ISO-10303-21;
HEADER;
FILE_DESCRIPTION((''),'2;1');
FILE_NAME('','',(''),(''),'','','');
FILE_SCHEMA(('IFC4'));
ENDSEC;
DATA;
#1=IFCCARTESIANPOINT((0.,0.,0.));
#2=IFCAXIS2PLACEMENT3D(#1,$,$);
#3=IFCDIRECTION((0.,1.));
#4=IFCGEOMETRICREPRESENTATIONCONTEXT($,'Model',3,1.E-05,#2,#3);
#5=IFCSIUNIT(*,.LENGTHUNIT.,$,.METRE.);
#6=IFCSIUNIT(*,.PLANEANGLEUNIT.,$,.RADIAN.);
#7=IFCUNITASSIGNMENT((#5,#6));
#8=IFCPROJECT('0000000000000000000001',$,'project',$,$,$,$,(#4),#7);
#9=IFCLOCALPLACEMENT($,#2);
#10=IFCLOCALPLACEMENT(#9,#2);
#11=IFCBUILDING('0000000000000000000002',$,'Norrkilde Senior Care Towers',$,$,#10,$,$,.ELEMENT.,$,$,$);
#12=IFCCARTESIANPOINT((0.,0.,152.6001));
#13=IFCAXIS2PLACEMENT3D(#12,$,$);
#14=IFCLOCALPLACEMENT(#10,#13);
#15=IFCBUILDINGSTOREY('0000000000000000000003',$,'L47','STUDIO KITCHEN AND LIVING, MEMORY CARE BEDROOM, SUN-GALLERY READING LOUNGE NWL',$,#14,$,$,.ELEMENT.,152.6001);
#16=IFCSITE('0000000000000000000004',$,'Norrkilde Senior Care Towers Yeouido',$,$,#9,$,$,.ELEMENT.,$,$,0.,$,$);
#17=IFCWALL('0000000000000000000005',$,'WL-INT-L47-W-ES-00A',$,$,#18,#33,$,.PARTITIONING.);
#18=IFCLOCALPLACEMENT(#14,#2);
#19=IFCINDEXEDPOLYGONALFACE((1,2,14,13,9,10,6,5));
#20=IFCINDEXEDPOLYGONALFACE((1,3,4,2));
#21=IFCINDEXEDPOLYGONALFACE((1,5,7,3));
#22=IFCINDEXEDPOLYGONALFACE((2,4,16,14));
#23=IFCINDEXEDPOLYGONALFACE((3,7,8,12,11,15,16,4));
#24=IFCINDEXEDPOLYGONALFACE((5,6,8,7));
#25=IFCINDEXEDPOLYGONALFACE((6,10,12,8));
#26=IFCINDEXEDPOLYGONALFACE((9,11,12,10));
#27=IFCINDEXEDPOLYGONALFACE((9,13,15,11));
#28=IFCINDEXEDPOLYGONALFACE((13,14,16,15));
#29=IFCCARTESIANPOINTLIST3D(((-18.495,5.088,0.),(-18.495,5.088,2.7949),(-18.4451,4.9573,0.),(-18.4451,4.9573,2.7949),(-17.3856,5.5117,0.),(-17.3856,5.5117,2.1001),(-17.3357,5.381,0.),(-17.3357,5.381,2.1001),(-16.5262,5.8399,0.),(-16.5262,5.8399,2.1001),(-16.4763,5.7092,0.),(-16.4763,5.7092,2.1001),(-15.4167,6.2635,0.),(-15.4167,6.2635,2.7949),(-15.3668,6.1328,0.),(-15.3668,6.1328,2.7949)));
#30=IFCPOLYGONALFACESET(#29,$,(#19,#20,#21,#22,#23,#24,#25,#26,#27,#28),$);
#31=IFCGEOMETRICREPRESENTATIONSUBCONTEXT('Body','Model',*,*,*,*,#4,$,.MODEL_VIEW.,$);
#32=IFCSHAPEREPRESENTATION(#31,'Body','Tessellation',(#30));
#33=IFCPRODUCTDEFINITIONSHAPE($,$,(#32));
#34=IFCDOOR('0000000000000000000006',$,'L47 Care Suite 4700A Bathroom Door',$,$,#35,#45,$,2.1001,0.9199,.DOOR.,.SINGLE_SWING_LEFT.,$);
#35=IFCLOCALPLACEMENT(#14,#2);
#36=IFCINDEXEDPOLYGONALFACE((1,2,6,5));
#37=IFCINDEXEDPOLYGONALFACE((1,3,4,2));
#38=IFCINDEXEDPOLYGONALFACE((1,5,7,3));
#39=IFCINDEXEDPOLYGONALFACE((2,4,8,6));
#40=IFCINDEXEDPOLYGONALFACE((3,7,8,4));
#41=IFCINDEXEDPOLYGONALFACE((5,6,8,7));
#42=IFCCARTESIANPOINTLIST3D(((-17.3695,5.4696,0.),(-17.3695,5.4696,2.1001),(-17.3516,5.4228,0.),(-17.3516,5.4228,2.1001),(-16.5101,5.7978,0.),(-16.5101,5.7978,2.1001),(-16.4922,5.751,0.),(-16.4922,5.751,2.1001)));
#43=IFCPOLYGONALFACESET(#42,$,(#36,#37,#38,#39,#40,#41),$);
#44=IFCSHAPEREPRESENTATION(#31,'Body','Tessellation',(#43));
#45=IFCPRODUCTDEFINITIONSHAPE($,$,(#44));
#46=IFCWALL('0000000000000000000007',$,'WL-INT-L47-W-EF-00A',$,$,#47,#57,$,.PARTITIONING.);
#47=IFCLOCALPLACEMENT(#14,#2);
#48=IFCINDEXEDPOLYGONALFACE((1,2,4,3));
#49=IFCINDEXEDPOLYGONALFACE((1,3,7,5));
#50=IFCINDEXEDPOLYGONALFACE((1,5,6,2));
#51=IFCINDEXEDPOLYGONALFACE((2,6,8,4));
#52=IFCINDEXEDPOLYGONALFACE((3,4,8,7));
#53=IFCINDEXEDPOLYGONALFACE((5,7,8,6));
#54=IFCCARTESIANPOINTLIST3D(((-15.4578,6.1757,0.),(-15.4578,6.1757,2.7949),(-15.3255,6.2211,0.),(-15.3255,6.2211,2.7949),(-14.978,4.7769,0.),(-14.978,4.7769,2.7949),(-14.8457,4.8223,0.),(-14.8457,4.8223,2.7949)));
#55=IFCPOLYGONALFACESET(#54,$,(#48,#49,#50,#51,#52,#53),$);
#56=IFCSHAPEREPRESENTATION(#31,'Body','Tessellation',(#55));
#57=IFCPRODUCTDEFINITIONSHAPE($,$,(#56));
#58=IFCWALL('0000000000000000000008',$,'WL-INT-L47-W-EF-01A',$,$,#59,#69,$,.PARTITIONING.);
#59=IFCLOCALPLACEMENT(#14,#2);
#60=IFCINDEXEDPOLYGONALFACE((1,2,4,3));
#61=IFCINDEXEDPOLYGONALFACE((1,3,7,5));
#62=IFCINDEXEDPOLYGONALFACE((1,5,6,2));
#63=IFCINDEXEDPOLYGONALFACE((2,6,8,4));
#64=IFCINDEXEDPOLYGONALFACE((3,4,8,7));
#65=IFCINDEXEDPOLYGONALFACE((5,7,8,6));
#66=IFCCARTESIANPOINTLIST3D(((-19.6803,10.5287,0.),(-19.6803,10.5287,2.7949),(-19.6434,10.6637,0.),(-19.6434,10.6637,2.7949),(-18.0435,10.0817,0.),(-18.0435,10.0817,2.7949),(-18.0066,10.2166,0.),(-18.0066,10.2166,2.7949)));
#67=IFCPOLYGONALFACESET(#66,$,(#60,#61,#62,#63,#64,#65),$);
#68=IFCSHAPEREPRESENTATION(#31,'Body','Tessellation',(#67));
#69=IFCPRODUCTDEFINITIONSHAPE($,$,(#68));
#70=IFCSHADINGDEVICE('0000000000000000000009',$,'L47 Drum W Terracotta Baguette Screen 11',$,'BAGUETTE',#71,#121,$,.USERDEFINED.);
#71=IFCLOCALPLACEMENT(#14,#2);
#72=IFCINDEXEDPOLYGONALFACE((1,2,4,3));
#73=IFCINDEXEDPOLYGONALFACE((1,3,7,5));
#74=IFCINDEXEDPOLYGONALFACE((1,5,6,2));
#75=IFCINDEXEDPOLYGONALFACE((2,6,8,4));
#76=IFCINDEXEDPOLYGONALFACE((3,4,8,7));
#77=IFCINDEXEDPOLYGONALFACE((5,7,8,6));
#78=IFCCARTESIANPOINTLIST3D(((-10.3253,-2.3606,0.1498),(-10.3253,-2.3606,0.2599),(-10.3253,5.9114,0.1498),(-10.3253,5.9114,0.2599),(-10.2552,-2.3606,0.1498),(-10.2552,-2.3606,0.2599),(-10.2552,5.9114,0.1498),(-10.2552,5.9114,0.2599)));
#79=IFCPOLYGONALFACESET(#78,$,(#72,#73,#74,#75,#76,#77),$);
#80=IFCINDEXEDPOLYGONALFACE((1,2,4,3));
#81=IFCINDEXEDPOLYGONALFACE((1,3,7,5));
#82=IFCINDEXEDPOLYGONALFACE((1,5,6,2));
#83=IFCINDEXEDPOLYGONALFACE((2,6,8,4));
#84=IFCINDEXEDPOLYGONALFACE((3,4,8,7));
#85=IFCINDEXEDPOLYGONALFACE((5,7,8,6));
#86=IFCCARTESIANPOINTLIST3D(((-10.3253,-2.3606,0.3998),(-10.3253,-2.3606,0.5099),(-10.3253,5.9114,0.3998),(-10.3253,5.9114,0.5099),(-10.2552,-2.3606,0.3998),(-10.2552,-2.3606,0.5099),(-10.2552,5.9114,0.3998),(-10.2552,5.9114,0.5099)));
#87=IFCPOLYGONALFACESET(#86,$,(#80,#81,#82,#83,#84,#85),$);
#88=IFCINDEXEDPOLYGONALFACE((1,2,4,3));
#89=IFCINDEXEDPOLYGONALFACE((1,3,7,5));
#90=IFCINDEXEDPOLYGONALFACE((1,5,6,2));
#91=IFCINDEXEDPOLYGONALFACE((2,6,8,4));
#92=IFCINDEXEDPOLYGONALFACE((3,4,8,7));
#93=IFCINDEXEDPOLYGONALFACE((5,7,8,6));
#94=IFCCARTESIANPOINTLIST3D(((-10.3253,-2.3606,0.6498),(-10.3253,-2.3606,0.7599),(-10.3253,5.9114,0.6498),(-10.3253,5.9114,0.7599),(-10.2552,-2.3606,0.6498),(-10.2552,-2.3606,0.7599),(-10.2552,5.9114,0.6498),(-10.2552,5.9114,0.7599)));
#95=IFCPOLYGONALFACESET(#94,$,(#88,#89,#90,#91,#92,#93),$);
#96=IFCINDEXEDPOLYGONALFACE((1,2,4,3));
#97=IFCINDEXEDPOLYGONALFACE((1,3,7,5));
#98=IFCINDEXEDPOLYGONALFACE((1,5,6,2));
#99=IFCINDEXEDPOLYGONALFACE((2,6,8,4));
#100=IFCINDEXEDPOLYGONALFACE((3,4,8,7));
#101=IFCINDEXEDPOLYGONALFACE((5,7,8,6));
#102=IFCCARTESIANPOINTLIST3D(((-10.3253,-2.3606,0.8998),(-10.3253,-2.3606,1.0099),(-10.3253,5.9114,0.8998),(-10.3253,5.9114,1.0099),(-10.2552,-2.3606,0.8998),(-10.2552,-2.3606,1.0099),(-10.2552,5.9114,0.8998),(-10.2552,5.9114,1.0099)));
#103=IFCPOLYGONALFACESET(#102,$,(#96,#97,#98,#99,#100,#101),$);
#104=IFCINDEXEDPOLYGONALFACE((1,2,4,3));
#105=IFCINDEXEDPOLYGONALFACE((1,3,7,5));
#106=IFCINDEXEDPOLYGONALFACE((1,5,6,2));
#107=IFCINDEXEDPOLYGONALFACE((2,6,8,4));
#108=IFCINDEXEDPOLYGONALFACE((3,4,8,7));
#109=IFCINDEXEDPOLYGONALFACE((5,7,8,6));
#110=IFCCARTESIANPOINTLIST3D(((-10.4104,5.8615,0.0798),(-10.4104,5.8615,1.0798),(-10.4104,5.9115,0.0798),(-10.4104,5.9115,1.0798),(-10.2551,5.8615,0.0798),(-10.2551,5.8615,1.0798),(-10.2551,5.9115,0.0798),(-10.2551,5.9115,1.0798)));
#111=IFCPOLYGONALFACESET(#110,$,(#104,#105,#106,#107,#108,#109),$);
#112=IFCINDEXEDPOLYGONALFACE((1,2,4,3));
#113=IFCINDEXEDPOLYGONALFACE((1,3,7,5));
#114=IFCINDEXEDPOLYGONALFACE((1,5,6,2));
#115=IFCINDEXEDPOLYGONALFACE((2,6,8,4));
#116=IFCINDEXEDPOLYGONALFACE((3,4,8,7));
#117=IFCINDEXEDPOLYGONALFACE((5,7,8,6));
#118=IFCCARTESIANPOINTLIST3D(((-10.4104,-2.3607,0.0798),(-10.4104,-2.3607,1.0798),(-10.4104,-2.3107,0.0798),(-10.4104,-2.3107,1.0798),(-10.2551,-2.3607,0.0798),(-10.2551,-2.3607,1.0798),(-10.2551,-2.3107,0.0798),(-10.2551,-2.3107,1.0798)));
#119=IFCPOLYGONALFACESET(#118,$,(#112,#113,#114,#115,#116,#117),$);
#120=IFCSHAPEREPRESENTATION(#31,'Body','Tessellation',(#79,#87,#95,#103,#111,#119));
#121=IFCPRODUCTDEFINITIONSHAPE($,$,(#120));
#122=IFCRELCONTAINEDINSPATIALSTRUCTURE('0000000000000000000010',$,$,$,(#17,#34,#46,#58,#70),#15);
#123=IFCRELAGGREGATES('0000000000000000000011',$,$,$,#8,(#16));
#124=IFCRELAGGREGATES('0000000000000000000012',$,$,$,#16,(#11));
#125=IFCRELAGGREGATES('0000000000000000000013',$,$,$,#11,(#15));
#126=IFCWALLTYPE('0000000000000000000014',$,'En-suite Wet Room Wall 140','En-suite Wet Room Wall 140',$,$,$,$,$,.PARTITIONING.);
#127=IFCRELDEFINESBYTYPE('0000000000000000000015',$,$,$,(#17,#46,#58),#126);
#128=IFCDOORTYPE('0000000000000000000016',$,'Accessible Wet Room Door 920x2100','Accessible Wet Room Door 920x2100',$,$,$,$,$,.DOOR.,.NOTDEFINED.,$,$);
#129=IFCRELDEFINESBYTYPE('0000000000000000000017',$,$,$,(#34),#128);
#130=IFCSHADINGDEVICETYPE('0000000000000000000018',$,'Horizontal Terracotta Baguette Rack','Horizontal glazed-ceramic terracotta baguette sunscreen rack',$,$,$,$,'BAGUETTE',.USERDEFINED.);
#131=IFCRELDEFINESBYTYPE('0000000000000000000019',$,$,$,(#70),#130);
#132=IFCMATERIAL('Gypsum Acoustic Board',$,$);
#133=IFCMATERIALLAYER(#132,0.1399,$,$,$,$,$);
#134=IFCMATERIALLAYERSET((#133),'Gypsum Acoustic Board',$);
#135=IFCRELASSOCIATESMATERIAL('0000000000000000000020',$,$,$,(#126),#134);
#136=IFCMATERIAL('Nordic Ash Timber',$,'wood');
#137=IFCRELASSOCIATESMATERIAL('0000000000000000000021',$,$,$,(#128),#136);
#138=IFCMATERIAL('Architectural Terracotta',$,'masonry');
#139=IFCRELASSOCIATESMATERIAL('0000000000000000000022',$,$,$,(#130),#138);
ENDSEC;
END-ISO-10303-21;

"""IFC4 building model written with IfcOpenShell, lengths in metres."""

from ifc_helpers import new_model, si_unit, direction, frame, frame_2d, origin, origin_2d, place, context, subcontext, project, spatial, rectangle, extrude, source, transform, mapped, material, layer, layer_set, type_object, type_shapes, element, fill, save


model = new_model("IFC4")

# Units and contexts
model_context = context("Model", 3, precision=1e-05, world=origin(), true_north=direction((0.0, 1.0)))
body_context = subcontext(model_context, "Body", "Model", "MODEL_VIEW")
ifc_project = project(units=[si_unit("LENGTHUNIT", "METRE"), si_unit("PLANEANGLEUNIT", "RADIAN")], contexts=[model_context])

# Site, building, storey
site_placement = place(None, origin())
site = spatial("IfcSite", under=ifc_project, at=site_placement, Name="Norrkilde Senior Care Towers Yeouido", CompositionType="ELEMENT", RefElevation=0.0)
building_placement = place(site_placement, origin())
building = spatial("IfcBuilding", under=site, at=building_placement, Name="Norrkilde Senior Care Towers", CompositionType="ELEMENT")
storey_placement = place(building_placement, frame((0.0, 0.0, 152.6001)))
storey = spatial("IfcBuildingStorey", under=building, at=storey_placement, Name="L47", Description="STUDIO KITCHEN AND LIVING, MEMORY CARE BEDROOM, SUN-GALLERY READING LOUNGE NWL", CompositionType="ELEMENT", Elevation=152.6001)

# Shared definitions
ifc_material_1 = material(Name="Gypsum Acoustic Board")
ifc_material_2 = material(Name="Nordic Ash Timber", Category="wood")

# Wall, opening, door
ifc_layer_1 = layer(ifc_material_1, 0.1399)
ifc_layer_set_1 = layer_set([ifc_layer_1], Name="Gypsum Acoustic Board")
wall_type_1 = type_object("IfcWallType", Name="En-suite Wet Room Wall 140", Description="En-suite Wet Room Wall 140", PredefinedType="PARTITIONING", material=ifc_layer_set_1)
shared_shape_1 = source(origin(), body_context, "Body", "SweptSolid", [
    extrude(rectangle(XDim=3.2952, YDim=0.1399, at=frame_2d((1.6475, 0.0))), origin(), (0.0, 0.0, 1.0), 2.7949),
])
wall_1_placement = place(storey_placement, frame((-18.47, 5.0227, 0.0), z_axis=(0.0, 0.0, 1.0), x_axis=(0.934202, 0.356744, 0.0)))
wall_1 = element("IfcWall", 1, at=wall_1_placement, inside=storey, type_object=wall_type_1, Name="WL-INT-L47-W-ES-00A", PredefinedType="PARTITIONING", context=body_context, shape_type="MappedRepresentation", body=[
    mapped(shared_shape_1, transform((0.0, 0.0, 0.0), x_axis=(1.0, 0.0, 0.0), y_axis=(0.0, 1.0, 0.0), z_axis=(0.0, 0.0, 1.0), scale=1.0)),
])
opening_1_placement = place(wall_1_placement, frame((1.1875, 0.0, 0.0)))
opening_1 = element("IfcOpeningElement", 2, at=opening_1_placement, cuts=wall_1, PredefinedType="OPENING", context=body_context, shape_type="SweptSolid", body=[
    extrude(rectangle(XDim=0.9199, YDim=2.1001, at=frame_2d((0.46, 1.05))), frame((0.0, 0.0798, 0.0), z_axis=(0.0, -1.0, 0.0), x_axis=(1.0, 0.0, 0.0)), (0.0, 0.0, 1.0), 0.1599),
])
door_type_1 = type_object("IfcDoorType", Name="Accessible Wet Room Door 920x2100", Description="Accessible Wet Room Door 920x2100", OperationType="NOTDEFINED", PredefinedType="DOOR", material=ifc_material_2)
shared_shape_2 = source(origin(), body_context, "Body", "SweptSolid", [
    extrude(rectangle(XDim=0.9199, YDim=2.1001, at=frame_2d((0.46, 1.05))), frame((0.0, 0.0249, 0.0), z_axis=(0.0, -1.0, 0.0), x_axis=(1.0, 0.0, 0.0)), (0.0, 0.0, 1.0), 0.05),
])
type_shapes(door_type_1, [shared_shape_2])
door_1_placement = place(opening_1_placement, origin())
door_1 = element("IfcDoor", 3, at=door_1_placement, inside=storey, type_object=door_type_1, Name="L47 Care Suite 4700A Bathroom Door", OperationType="SINGLE_SWING_LEFT", OverallHeight=2.1001, OverallWidth=0.9199, PredefinedType="DOOR", context=body_context, shape_type="MappedRepresentation", body=[
    mapped(shared_shape_2, transform((0.0, 0.0, 0.0), x_axis=(1.0, 0.0, 0.0), y_axis=(0.0, 1.0, 0.0), z_axis=(0.0, 0.0, 1.0), scale=1.0)),
])
fill(opening_1, door_1)

# Walls
shared_shape_3 = source(origin(), body_context, "Body", "SweptSolid", [
    extrude(rectangle(XDim=1.4788, YDim=0.1399, at=frame_2d((0.7393, 0.0))), origin(), (0.0, 0.0, 1.0), 2.7949),
])
wall_2_placement = place(storey_placement, frame((-15.3916, 6.1982, 0.0), z_axis=(0.0, 0.0, 1.0), x_axis=(0.324438, -0.945907, 0.0)))
element("IfcWall", 4, at=wall_2_placement, inside=storey, type_object=wall_type_1, Name="WL-INT-L47-W-EF-00A", PredefinedType="PARTITIONING", context=body_context, shape_type="MappedRepresentation", body=[
    mapped(shared_shape_3, transform((0.0, 0.0, 0.0), x_axis=(1.0, 0.0, 0.0), y_axis=(0.0, 1.0, 0.0), z_axis=(0.0, 0.0, 1.0), scale=1.0)),
])
shared_shape_4 = source(origin(), body_context, "Body", "SweptSolid", [
    extrude(rectangle(XDim=1.6968, YDim=0.1399, at=frame_2d((0.8484, 0.0))), origin(), (0.0, 0.0, 1.0), 2.7949),
])
type_shapes(wall_type_1, [shared_shape_1, shared_shape_3, shared_shape_4])
wall_3_placement = place(storey_placement, frame((-19.6619, 10.5962, 0.0), z_axis=(0.0, 0.0, 1.0), x_axis=(0.964667, -0.26347, 0.0)))
element("IfcWall", 5, at=wall_3_placement, inside=storey, type_object=wall_type_1, Name="WL-INT-L47-W-EF-01A", PredefinedType="PARTITIONING", context=body_context, shape_type="MappedRepresentation", body=[
    mapped(shared_shape_4, transform((0.0, 0.0, 0.0), x_axis=(1.0, 0.0, 0.0), y_axis=(0.0, 1.0, 0.0), z_axis=(0.0, 0.0, 1.0), scale=1.0)),
])

# Shading device
ifc_material_3 = material(Name="Architectural Terracotta", Category="masonry")
shading_device_type = type_object("IfcShadingDeviceType", Name="Horizontal Terracotta Baguette Rack", Description="Horizontal glazed-ceramic terracotta baguette sunscreen rack", ElementType="BAGUETTE", PredefinedType="USERDEFINED", material=ifc_material_3)
shared_shape_5 = source(origin(), body_context, "Body", "SweptSolid", [
    extrude(rectangle(XDim=0.0701, YDim=0.1101, at=origin_2d()), frame((0.0, 0.0901, 0.125), z_axis=(1.0, 0.0, 0.0), x_axis=(0.0, 1.0, 0.0)), (0.0, 0.0, 1.0), 8.272),
    extrude(rectangle(XDim=0.0701, YDim=0.1101, at=origin_2d()), frame((0.0, 0.0901, 0.375), z_axis=(1.0, 0.0, 0.0), x_axis=(0.0, 1.0, 0.0)), (0.0, 0.0, 1.0), 8.272),
    extrude(rectangle(XDim=0.0701, YDim=0.1101, at=origin_2d()), frame((0.0, 0.0901, 0.625), z_axis=(1.0, 0.0, 0.0), x_axis=(0.0, 1.0, 0.0)), (0.0, 0.0, 1.0), 8.272),
    extrude(rectangle(XDim=0.0701, YDim=0.1101, at=origin_2d()), frame((0.0, 0.0901, 0.875), z_axis=(1.0, 0.0, 0.0), x_axis=(0.0, 1.0, 0.0)), (0.0, 0.0, 1.0), 8.272),
    extrude(rectangle(XDim=0.05, YDim=0.1553, at=origin_2d()), frame((0.0249, 0.0476, 0.0)), (0.0, 0.0, 1.0), 1.0),
    extrude(rectangle(XDim=0.05, YDim=0.1553, at=origin_2d()), frame((8.2471, 0.0476, 0.0)), (0.0, 0.0, 1.0), 1.0),
])
type_shapes(shading_device_type, [shared_shape_5])
shading_device_placement = place(storey_placement, frame((-10.3804, 5.9114, 0.0798), z_axis=(0.0, 0.0, 1.0), x_axis=(0.0, -1.0, 0.0)))
element("IfcShadingDevice", 6, at=shading_device_placement, inside=storey, type_object=shading_device_type, Name="L47 Drum W Terracotta Baguette Screen 11", ObjectType="BAGUETTE", PredefinedType="USERDEFINED", context=body_context, shape_type="MappedRepresentation", body=[
    mapped(shared_shape_5, transform((0.0, 0.0, 0.0), x_axis=(1.0, 0.0, 0.0), y_axis=(0.0, 1.0, 0.0), z_axis=(0.0, 0.0, 1.0), scale=1.0)),
])

save(model, "model.ifc")
